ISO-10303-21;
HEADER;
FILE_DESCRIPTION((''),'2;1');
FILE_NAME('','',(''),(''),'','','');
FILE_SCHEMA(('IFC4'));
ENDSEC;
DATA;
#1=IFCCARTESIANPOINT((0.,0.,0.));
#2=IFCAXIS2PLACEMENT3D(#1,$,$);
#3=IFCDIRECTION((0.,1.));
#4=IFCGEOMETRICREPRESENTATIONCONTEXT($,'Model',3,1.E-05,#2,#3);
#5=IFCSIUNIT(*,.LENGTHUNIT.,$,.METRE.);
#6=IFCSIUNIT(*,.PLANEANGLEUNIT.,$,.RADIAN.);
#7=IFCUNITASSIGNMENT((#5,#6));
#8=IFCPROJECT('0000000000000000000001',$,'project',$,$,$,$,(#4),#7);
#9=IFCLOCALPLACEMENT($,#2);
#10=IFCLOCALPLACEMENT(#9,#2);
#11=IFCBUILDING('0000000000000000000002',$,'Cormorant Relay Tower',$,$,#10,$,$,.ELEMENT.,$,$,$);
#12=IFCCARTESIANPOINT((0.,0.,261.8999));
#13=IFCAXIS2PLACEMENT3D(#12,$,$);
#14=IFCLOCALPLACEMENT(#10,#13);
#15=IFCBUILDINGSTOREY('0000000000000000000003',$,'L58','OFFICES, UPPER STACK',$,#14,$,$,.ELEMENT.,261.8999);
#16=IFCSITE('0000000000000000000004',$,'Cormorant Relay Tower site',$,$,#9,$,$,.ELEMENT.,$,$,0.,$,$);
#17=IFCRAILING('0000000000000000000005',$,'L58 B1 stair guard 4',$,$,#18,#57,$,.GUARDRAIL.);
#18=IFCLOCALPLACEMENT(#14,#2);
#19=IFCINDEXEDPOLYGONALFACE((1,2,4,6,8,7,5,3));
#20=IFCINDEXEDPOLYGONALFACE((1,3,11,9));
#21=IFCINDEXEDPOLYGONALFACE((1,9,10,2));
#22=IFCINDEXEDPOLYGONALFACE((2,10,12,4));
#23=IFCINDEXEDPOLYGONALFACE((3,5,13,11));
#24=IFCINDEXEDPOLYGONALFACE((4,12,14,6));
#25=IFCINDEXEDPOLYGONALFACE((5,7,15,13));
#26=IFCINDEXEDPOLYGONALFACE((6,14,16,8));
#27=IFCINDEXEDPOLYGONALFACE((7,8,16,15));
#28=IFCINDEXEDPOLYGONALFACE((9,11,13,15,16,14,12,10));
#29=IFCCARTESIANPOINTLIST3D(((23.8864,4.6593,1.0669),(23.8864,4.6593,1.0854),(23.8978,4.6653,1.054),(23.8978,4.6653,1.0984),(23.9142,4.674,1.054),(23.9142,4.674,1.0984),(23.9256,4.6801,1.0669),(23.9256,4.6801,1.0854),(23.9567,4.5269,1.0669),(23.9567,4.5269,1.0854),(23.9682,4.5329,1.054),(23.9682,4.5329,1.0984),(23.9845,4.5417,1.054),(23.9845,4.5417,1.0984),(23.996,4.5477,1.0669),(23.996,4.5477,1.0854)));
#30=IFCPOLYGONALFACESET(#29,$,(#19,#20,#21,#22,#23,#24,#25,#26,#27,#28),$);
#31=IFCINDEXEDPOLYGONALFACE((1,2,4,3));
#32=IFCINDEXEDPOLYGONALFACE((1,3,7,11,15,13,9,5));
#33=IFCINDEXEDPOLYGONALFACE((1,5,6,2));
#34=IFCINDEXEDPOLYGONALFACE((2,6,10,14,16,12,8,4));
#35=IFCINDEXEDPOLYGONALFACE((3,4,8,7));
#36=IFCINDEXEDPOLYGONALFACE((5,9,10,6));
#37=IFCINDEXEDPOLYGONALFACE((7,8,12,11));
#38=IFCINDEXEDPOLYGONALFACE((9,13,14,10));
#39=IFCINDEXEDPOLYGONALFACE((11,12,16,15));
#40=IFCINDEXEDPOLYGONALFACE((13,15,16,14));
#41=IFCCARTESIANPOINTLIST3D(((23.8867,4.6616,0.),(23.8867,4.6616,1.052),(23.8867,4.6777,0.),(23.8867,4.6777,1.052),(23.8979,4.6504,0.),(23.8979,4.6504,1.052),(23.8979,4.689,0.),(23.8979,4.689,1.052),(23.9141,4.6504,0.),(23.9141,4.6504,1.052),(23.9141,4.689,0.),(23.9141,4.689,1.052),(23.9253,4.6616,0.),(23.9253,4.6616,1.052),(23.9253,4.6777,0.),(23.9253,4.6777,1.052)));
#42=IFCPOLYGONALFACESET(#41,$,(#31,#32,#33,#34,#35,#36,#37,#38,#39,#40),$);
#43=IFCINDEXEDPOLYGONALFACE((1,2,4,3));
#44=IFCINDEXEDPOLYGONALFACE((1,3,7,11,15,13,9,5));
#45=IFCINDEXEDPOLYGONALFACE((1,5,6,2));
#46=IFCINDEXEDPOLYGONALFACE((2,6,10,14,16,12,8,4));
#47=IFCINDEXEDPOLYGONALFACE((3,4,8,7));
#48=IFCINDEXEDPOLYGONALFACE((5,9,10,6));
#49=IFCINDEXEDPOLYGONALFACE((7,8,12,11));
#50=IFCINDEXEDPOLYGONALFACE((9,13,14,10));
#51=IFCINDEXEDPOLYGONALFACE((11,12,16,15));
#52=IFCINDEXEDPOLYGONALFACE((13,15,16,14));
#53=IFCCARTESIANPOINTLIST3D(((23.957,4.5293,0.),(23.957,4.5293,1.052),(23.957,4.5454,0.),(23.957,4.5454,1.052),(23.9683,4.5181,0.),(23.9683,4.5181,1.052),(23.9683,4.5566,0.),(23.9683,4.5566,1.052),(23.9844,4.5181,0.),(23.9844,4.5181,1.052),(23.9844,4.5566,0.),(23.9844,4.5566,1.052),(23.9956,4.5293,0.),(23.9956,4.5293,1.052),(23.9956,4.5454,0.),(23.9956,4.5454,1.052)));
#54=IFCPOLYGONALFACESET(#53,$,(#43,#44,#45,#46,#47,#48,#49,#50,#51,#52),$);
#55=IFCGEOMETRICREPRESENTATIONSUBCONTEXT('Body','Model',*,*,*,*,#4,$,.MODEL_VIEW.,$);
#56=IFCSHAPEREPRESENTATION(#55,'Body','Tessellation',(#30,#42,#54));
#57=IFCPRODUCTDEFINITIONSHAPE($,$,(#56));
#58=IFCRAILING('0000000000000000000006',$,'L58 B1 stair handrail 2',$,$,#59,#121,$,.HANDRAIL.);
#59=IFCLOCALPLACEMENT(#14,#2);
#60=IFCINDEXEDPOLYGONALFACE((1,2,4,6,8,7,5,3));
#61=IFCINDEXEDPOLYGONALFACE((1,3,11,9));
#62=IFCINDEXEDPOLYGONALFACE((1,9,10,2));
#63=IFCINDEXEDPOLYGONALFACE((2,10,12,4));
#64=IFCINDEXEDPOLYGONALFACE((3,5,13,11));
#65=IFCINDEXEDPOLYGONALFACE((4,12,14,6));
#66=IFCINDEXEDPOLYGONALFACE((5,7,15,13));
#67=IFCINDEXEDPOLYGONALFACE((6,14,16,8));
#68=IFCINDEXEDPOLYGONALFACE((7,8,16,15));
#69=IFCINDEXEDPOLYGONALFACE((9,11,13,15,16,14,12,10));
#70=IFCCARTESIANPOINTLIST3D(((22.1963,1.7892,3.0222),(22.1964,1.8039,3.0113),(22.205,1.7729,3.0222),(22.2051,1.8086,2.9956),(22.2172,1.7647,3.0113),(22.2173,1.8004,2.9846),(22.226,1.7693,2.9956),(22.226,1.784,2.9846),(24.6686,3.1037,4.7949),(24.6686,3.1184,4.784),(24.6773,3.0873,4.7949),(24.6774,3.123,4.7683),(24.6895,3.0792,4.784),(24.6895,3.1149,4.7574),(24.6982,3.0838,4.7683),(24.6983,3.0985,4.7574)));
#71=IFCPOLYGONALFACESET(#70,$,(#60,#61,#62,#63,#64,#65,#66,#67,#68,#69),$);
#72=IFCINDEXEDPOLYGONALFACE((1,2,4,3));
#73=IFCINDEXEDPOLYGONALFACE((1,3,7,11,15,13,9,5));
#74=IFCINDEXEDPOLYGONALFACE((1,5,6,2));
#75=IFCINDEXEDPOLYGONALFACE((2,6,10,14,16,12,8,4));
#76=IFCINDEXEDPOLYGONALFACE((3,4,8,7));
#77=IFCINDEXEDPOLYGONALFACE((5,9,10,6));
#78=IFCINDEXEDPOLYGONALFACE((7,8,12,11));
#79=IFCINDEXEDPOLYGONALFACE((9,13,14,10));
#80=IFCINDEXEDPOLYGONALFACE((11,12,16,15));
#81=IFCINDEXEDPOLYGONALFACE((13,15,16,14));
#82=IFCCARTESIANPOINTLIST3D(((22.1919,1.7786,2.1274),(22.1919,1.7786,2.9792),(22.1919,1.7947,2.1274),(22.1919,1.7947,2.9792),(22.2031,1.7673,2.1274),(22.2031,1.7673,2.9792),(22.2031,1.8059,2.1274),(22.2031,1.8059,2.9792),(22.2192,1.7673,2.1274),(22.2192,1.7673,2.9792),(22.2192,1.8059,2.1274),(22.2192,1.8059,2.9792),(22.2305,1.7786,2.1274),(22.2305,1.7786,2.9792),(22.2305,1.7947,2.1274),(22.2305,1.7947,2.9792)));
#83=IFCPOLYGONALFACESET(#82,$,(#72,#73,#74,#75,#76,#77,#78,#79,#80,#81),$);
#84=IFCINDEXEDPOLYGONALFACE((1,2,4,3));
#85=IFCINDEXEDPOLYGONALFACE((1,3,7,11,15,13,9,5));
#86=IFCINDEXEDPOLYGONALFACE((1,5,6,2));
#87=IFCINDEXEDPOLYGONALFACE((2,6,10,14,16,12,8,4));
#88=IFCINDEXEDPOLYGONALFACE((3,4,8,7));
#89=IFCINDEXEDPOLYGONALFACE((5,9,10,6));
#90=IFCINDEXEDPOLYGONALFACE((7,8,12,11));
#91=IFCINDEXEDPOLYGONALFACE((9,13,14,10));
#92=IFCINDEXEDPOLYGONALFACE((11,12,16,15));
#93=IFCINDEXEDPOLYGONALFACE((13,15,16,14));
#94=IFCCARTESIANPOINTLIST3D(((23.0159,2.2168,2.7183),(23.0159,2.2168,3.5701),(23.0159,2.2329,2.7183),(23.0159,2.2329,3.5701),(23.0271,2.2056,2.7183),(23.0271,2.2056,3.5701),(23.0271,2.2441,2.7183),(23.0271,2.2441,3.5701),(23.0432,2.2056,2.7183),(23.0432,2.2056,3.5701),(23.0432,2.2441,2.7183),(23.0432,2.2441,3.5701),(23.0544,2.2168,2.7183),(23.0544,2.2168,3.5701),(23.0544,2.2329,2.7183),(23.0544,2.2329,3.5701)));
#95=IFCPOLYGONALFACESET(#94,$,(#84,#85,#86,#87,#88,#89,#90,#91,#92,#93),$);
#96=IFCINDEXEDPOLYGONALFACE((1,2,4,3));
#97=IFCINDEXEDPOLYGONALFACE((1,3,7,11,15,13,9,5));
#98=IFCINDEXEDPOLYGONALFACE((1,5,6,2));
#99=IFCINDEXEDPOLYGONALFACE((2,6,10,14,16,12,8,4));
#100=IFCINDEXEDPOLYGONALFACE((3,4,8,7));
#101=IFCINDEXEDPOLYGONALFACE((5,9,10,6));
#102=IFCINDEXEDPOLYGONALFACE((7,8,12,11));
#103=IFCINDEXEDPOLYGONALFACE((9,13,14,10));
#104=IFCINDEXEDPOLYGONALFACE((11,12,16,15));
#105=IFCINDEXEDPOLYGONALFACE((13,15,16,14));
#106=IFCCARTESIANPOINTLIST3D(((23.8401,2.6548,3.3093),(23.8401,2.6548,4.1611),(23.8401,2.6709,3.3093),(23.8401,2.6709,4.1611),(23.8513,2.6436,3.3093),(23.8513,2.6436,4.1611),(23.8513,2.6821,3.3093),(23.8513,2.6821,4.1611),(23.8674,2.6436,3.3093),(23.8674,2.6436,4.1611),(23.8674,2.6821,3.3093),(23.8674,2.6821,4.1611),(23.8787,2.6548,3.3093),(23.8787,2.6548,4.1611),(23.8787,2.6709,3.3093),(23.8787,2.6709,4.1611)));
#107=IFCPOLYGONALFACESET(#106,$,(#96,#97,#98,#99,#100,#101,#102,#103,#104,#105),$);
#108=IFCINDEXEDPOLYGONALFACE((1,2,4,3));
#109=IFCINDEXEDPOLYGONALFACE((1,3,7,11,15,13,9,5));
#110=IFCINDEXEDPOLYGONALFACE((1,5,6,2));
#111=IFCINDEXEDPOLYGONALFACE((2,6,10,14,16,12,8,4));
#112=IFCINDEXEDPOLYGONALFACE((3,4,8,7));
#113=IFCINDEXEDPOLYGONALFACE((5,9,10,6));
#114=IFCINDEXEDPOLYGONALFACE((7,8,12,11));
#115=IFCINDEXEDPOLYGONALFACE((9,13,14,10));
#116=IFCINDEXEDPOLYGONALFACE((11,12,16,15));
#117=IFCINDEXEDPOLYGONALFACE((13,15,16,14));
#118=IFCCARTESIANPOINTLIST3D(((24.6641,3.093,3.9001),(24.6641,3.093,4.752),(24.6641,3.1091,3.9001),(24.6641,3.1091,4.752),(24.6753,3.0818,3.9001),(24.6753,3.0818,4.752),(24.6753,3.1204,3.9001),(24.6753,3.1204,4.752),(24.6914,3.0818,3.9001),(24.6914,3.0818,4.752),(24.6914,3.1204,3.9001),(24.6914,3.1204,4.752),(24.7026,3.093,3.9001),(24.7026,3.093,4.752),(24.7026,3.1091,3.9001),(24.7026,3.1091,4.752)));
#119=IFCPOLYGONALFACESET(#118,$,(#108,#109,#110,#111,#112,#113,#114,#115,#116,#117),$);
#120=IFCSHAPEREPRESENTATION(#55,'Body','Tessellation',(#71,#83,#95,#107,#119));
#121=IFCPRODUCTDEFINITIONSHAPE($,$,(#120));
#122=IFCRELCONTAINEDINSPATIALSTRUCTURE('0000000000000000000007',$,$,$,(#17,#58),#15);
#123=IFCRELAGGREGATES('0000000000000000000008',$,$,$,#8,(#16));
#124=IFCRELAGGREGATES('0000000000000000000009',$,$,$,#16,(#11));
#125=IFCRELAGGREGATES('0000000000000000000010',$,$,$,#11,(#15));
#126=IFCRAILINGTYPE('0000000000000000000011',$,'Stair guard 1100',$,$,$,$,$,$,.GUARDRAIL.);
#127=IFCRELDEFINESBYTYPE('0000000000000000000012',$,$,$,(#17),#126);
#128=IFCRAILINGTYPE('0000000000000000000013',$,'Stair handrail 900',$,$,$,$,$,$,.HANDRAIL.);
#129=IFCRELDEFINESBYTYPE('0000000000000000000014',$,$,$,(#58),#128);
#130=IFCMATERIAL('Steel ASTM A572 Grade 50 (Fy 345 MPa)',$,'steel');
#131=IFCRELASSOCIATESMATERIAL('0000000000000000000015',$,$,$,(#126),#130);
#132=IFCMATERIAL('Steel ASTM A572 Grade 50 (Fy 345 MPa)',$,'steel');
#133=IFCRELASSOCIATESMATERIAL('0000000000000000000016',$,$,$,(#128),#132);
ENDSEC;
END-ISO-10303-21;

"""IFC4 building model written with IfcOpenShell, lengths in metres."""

from ifc_helpers import new_model, si_unit, direction, frame, origin, place, context, subcontext, project, spatial, polyline, outline, extrude, material, type_object, element, save


model = new_model("IFC4")

# Units and contexts
model_context = context("Model", 3, precision=1e-05, world=origin(), true_north=direction((0.0, 1.0)))
body_context = subcontext(model_context, "Body", "Model", "MODEL_VIEW")
ifc_project = project(units=[si_unit("LENGTHUNIT", "METRE"), si_unit("PLANEANGLEUNIT", "RADIAN")], contexts=[model_context])

# Site, building, storey
site_placement = place(None, origin())
site = spatial("IfcSite", under=ifc_project, at=site_placement, Name="Cormorant Relay Tower site", CompositionType="ELEMENT", RefElevation=0.0)
building_placement = place(site_placement, origin())
building = spatial("IfcBuilding", under=site, at=building_placement, Name="Cormorant Relay Tower", CompositionType="ELEMENT")
storey_placement = place(building_placement, frame((0.0, 0.0, 261.8999)))
storey = spatial("IfcBuildingStorey", under=building, at=storey_placement, Name="L58", Description="OFFICES, UPPER STACK", CompositionType="ELEMENT", Elevation=261.8999)

# Railings
ifc_material_1 = material(Name="Steel ASTM A572 Grade 50 (Fy 345 MPa)", Category="steel")
railing_type_1 = type_object("IfcRailingType", Name="Stair guard 1100", PredefinedType="GUARDRAIL", material=ifc_material_1)
railing_1_placement = place(storey_placement, frame((23.906, 4.6697, 0.0)))
element("IfcRailing", 1, at=railing_1_placement, inside=storey, type_object=railing_type_1, Name="L58 B1 stair guard 4", PredefinedType="GUARDRAIL", context=body_context, shape_type="SweptSolid", body=[
    extrude(outline(polyline([(0.0222, 0.0093), (0.0093, 0.0222), (-0.0093, 0.0222), (-0.0222, 0.0093), (-0.0222, -0.0093), (-0.0093, -0.0222), (0.0093, -0.0222), (0.0222, -0.0093), (0.0222, 0.0093)])), frame((0.0, 0.0, 1.0762), z_axis=(0.469235, -0.883074, 0.0), x_axis=(0.883074, 0.469235, 0.0)), (0.0, 0.0, 1.0), 0.1499),
    extrude(outline(polyline([(0.0193, 0.0081), (0.0081, 0.0193), (-0.0081, 0.0193), (-0.0193, 0.0081), (-0.0193, -0.0081), (-0.0081, -0.0193), (0.0081, -0.0193), (0.0193, -0.0081), (0.0193, 0.0081)])), origin(), (0.0, 0.0, 1.0), 1.052),
    extrude(outline(polyline([(0.0193, 0.0081), (0.0081, 0.0193), (-0.0081, 0.0193), (-0.0193, 0.0081), (-0.0193, -0.0081), (-0.0081, -0.0193), (0.0081, -0.0193), (0.0193, -0.0081), (0.0193, 0.0081)])), frame((0.0703, -0.1323, 0.0)), (0.0, 0.0, 1.0), 1.052),
])
ifc_material_2 = material(Name="Steel ASTM A572 Grade 50 (Fy 345 MPa)", Category="steel")
railing_type_2 = type_object("IfcRailingType", Name="Stair handrail 900", PredefinedType="HANDRAIL", material=ifc_material_2)
railing_2_placement = place(storey_placement, frame((22.2112, 1.7866, 2.1274)))
element("IfcRailing", 2, at=railing_2_placement, inside=storey, type_object=railing_type_2, Name="L58 B1 stair handrail 2", PredefinedType="HANDRAIL", context=body_context, shape_type="SweptSolid", body=[
    extrude(outline(polyline([(0.0222, 0.0093), (0.0093, 0.0222), (-0.0093, 0.0222), (-0.0222, 0.0093), (-0.0222, -0.0093), (-0.0093, -0.0222), (0.0093, -0.0222), (0.0222, -0.0093), (0.0222, 0.0093)])), frame((0.0, 0.0, 0.876), z_axis=(0.746001, 0.396649, 0.534931), x_axis=(-0.469465, 0.882951, 0.0)), (0.0, 0.0, 1.0), 3.314),
    extrude(outline(polyline([(0.0193, 0.0081), (0.0081, 0.0193), (-0.0081, 0.0193), (-0.0193, 0.0081), (-0.0193, -0.0081), (-0.0081, -0.0193), (0.0081, -0.0193), (0.0193, -0.0081), (0.0193, 0.0081)])), origin(), (0.0, 0.0, 1.0), 0.8518),
    extrude(outline(polyline([(0.0193, 0.0081), (0.0081, 0.0193), (-0.0081, 0.0193), (-0.0193, 0.0081), (-0.0193, -0.0081), (-0.0081, -0.0193), (0.0081, -0.0193), (0.0193, -0.0081), (0.0193, 0.0081)])), frame((0.824, 0.4382, 0.5908)), (0.0, 0.0, 1.0), 0.8518),
    extrude(outline(polyline([(0.0193, 0.0081), (0.0081, 0.0193), (-0.0081, 0.0193), (-0.0193, 0.0081), (-0.0193, -0.0081), (-0.0081, -0.0193), (0.0081, -0.0193), (0.0193, -0.0081), (0.0193, 0.0081)])), frame((1.6482, 0.8762, 1.1819)), (0.0, 0.0, 1.0), 0.8518),
    extrude(outline(polyline([(0.0193, 0.0081), (0.0081, 0.0193), (-0.0081, 0.0193), (-0.0193, 0.0081), (-0.0193, -0.0081), (-0.0081, -0.0193), (0.0081, -0.0193), (0.0193, -0.0081), (0.0193, 0.0081)])), frame((2.4722, 1.3145, 1.7727)), (0.0, 0.0, 1.0), 0.8518),
])

save(model, "model.ifc")
